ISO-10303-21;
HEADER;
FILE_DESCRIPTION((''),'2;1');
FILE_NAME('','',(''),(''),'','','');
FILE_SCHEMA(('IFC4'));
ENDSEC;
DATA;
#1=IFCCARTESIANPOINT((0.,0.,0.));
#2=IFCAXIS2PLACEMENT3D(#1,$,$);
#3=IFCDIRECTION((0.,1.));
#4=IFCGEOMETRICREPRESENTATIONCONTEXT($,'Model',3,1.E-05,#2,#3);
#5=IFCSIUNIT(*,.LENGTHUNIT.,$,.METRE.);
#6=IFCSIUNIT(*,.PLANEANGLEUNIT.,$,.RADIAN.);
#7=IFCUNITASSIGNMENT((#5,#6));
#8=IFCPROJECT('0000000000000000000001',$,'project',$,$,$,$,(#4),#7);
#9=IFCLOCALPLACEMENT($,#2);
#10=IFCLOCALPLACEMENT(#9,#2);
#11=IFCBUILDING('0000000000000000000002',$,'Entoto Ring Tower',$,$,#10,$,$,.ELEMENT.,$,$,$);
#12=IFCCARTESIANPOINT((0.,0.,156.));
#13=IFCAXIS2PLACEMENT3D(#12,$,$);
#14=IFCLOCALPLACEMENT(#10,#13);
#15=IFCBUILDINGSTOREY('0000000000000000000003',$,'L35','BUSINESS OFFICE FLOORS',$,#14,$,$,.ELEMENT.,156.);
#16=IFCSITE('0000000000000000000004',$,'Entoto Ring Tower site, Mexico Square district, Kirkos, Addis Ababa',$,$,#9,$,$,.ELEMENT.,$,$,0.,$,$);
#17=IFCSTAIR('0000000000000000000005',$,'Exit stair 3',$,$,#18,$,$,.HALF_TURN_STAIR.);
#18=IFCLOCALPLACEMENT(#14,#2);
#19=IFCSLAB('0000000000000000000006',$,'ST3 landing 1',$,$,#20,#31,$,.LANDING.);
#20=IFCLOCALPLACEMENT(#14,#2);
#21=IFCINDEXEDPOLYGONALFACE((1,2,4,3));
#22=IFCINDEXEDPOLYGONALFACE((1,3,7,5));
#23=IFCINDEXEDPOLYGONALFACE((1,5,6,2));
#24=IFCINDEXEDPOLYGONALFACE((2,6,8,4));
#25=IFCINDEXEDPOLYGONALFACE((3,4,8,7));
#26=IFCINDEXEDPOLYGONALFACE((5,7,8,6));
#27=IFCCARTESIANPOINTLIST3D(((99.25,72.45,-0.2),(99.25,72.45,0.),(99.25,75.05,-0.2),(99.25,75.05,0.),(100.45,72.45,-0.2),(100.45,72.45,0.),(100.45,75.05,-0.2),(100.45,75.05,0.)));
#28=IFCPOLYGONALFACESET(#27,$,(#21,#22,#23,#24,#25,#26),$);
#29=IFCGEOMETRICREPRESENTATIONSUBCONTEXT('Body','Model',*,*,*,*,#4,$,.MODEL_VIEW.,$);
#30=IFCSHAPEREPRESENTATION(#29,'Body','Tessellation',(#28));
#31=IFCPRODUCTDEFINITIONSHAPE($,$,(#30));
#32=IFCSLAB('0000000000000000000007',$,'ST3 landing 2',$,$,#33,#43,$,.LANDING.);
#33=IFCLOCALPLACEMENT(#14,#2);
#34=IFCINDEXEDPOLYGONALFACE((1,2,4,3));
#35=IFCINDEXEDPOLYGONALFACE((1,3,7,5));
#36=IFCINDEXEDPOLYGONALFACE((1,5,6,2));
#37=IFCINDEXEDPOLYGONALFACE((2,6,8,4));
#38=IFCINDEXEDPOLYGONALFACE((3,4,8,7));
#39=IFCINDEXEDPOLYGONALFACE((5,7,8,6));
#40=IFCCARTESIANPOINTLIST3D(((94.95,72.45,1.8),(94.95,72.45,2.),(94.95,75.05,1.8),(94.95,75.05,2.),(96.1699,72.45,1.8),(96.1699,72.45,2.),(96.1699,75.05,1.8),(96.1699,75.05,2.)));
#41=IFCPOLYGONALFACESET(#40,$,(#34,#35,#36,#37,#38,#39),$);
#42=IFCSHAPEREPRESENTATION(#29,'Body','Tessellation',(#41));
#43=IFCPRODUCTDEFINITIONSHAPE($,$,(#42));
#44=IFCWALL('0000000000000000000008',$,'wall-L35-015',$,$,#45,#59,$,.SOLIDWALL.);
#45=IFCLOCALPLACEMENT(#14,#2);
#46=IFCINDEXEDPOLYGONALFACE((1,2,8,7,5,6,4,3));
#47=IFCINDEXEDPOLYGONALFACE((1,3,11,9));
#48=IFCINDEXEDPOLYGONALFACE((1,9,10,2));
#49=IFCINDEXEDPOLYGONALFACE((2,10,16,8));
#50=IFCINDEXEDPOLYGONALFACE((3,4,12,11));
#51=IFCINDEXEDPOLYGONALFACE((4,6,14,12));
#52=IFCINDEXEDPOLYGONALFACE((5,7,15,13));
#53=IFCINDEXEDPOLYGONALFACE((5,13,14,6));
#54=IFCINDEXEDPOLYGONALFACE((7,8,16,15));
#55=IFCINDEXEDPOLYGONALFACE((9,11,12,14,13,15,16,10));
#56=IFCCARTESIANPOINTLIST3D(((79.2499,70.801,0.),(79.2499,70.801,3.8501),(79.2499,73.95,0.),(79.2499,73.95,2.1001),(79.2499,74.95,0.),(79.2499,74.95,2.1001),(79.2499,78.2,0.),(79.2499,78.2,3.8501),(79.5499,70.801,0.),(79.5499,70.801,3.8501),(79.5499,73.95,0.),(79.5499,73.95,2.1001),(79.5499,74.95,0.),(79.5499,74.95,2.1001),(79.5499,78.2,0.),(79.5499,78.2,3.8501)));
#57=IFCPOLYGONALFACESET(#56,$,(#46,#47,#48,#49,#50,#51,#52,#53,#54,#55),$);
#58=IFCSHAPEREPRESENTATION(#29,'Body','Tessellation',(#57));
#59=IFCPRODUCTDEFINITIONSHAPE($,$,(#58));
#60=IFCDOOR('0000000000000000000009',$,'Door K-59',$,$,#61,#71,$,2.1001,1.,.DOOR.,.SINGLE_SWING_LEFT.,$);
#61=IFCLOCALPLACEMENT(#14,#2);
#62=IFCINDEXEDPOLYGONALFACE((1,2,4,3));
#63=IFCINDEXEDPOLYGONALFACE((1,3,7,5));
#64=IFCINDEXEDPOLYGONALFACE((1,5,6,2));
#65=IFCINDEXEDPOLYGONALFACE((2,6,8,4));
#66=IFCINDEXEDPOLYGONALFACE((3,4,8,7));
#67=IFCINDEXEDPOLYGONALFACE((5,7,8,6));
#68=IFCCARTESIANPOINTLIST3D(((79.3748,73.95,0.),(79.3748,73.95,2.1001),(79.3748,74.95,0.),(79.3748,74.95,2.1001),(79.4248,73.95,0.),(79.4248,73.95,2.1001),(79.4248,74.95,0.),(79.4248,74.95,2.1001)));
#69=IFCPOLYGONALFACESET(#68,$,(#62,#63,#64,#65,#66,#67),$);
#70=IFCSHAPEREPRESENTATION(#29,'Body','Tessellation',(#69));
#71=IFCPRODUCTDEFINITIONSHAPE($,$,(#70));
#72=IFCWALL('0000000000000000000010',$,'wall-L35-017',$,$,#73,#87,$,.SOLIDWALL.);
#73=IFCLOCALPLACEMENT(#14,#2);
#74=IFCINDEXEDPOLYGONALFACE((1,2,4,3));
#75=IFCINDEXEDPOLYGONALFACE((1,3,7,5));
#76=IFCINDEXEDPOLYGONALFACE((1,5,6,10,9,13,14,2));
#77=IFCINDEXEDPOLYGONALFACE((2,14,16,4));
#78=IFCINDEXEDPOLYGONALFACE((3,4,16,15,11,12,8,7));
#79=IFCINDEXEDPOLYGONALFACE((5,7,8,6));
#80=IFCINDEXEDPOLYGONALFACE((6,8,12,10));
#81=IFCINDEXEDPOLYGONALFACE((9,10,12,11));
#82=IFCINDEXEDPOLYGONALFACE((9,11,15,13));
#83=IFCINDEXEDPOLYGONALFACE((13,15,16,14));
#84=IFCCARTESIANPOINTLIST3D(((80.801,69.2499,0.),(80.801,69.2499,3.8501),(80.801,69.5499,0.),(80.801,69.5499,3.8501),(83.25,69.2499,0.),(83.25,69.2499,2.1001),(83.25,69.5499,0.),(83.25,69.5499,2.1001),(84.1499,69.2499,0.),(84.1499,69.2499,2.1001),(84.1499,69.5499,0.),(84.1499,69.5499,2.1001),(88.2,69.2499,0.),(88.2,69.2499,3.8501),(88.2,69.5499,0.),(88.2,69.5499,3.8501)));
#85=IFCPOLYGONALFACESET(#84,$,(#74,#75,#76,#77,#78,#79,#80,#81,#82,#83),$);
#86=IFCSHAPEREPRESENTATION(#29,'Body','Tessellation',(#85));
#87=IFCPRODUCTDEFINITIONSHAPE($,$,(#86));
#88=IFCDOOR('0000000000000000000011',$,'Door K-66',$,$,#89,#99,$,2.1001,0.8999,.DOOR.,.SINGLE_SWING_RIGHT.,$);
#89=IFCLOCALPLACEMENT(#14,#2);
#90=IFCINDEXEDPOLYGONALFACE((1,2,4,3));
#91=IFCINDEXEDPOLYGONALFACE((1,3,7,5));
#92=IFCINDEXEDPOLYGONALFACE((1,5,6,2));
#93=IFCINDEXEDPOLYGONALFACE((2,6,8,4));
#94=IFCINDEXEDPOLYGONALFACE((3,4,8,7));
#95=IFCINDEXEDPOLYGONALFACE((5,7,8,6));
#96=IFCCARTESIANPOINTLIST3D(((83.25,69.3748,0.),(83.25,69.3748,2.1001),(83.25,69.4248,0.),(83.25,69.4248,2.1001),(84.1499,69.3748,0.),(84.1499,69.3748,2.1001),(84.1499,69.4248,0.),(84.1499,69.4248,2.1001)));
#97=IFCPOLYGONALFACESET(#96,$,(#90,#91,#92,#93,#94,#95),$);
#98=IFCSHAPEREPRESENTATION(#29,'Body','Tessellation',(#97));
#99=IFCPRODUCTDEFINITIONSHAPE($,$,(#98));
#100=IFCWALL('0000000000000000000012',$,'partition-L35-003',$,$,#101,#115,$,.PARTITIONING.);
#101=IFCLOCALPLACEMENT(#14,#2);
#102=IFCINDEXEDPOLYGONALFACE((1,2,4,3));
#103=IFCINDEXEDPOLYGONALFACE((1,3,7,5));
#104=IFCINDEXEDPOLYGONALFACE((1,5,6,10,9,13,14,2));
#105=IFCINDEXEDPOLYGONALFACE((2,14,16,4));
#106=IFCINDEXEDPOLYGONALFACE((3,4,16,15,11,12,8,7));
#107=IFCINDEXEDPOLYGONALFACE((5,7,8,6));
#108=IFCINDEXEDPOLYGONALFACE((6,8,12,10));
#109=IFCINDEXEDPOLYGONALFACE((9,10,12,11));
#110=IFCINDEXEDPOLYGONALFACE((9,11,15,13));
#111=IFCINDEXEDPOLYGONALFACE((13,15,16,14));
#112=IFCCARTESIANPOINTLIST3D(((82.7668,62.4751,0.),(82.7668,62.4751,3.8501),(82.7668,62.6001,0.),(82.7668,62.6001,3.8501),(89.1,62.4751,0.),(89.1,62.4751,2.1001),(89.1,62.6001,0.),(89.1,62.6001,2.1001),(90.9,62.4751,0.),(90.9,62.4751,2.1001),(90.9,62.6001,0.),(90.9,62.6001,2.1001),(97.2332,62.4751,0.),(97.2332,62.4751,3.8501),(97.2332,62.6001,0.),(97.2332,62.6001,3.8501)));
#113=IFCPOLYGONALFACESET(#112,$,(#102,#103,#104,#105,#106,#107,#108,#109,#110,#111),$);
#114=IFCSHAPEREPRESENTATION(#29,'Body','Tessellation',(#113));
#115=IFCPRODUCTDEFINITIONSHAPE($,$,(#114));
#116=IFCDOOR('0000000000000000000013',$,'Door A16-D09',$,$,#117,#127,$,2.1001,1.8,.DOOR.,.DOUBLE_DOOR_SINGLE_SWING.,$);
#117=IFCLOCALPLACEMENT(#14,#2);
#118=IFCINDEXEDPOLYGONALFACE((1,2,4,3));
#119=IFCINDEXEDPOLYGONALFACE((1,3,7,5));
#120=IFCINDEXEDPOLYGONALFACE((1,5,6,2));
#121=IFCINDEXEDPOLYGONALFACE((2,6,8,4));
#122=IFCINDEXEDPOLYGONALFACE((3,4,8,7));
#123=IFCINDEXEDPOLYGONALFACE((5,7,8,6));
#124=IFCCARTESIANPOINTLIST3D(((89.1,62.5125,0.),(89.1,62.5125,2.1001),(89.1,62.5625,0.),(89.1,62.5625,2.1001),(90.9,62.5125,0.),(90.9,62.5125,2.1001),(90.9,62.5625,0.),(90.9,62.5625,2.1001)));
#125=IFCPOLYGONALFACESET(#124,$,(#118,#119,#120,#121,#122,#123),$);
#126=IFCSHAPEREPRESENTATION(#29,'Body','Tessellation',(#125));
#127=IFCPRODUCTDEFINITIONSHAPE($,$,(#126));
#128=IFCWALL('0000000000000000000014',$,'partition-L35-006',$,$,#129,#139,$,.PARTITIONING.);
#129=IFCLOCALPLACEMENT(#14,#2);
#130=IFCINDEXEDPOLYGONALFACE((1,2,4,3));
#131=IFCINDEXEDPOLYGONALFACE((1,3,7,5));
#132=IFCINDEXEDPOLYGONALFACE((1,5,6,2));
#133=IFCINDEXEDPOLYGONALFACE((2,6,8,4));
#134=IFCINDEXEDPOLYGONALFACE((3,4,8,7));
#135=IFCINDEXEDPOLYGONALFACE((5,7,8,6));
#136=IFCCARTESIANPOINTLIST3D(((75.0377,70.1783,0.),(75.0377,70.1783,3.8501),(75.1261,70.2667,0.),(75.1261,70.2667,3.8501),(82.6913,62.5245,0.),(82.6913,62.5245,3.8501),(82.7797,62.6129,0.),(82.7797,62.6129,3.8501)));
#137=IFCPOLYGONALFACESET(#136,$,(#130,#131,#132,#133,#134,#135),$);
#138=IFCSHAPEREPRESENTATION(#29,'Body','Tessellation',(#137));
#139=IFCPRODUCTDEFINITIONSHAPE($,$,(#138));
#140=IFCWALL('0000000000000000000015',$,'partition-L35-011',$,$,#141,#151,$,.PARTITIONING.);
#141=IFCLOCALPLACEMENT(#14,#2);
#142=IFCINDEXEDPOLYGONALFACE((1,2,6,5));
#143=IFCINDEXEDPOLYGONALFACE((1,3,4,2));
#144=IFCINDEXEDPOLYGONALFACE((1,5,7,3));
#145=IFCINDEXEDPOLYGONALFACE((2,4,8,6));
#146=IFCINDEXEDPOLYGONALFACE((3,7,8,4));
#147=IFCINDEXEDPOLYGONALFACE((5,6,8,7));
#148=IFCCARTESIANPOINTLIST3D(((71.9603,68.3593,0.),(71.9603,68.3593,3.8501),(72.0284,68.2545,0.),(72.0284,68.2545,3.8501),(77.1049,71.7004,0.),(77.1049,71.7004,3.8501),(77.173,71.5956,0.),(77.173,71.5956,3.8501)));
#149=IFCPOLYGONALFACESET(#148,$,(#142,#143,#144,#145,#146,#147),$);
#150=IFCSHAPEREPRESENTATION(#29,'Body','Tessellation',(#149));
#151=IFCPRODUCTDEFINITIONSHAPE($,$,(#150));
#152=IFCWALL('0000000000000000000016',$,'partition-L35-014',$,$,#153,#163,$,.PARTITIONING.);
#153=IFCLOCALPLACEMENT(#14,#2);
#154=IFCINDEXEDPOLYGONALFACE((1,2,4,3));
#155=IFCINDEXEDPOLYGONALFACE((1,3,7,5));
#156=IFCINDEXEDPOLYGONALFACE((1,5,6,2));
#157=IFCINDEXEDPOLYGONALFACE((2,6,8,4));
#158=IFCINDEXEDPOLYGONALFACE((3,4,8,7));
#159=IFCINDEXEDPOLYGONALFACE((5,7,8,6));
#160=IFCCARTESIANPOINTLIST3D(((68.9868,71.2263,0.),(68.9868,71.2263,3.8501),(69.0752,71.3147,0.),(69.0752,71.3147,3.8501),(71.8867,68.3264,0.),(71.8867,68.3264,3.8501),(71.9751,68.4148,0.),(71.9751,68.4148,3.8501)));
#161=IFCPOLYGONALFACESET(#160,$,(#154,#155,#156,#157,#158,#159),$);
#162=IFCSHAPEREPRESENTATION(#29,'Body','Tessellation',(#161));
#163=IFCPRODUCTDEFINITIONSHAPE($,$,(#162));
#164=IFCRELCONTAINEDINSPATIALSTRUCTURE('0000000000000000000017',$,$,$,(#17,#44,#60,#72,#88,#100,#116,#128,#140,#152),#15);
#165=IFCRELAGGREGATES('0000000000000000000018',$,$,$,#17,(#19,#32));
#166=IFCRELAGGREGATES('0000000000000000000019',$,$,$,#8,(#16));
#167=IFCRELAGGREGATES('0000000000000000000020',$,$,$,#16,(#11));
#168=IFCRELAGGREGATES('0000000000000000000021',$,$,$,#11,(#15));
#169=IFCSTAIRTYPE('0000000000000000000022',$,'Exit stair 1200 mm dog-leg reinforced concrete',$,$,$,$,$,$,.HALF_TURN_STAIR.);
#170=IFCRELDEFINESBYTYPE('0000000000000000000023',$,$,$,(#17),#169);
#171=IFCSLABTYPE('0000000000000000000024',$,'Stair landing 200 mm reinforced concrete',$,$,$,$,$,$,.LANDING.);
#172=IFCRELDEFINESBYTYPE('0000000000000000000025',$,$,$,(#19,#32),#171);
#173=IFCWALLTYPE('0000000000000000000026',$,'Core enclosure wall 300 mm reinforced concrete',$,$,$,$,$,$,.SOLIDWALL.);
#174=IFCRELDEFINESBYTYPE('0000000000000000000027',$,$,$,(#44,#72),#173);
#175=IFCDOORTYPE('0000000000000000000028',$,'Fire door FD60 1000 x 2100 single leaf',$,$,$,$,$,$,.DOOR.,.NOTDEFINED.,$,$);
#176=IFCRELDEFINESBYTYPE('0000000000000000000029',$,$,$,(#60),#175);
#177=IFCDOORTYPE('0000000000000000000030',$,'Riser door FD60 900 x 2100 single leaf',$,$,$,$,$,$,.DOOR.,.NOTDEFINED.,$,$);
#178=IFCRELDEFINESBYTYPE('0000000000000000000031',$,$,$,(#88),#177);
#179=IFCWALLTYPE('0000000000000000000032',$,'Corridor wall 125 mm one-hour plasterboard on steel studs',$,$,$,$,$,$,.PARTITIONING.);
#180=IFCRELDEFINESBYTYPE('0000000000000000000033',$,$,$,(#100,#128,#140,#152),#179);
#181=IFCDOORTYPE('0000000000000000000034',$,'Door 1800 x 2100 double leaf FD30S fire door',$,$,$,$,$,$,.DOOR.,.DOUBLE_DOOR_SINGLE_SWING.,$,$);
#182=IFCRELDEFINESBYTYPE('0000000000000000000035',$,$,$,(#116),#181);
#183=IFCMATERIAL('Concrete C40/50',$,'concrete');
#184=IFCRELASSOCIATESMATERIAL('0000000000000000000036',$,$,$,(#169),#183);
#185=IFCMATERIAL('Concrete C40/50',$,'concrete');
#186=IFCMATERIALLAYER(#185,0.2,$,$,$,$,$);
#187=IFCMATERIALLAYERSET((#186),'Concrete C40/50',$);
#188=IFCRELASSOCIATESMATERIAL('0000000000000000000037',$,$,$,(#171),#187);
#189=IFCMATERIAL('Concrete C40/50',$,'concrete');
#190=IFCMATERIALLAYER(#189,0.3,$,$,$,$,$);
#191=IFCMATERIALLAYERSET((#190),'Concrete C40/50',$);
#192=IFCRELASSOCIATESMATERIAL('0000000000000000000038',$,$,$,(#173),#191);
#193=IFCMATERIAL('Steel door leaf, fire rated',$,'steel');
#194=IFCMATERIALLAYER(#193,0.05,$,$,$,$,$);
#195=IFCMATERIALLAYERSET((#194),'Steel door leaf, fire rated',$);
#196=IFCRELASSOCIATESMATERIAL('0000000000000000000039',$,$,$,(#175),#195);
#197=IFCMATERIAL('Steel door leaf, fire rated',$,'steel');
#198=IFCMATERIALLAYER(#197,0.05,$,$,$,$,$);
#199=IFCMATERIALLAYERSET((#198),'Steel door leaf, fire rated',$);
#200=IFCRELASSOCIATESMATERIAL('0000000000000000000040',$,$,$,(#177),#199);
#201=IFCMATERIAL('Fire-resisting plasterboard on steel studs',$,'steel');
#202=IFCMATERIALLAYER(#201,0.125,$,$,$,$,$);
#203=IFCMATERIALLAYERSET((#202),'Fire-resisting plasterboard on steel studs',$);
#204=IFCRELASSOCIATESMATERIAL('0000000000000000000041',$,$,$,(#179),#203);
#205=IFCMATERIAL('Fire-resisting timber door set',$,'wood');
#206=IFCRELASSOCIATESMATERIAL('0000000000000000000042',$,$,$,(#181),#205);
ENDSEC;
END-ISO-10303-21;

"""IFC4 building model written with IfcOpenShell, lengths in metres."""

from ifc_helpers import new_model, si_unit, direction, frame, frame_2d, origin, place, context, subcontext, project, spatial, polyline, rectangle, outline, extrude, material, layer, layer_set, type_object, element, fill, aggregate, save


model = new_model("IFC4")

# Units and contexts
model_context = context("Model", 3, precision=1e-05, world=origin(), true_north=direction((0.0, 1.0)))
body_context = subcontext(model_context, "Body", "Model", "MODEL_VIEW")
ifc_project = project(units=[si_unit("LENGTHUNIT", "METRE"), si_unit("PLANEANGLEUNIT", "RADIAN")], contexts=[model_context])

# Site, building, storey
site_placement = place(None, origin())
site = spatial("IfcSite", under=ifc_project, at=site_placement, Name="Entoto Ring Tower site, Mexico Square district, Kirkos, Addis Ababa", CompositionType="ELEMENT", RefElevation=0.0)
building_placement = place(site_placement, origin())
building = spatial("IfcBuilding", under=site, at=building_placement, Name="Entoto Ring Tower", CompositionType="ELEMENT")
storey_placement = place(building_placement, frame((0.0, 0.0, 156.0)))
storey = spatial("IfcBuildingStorey", under=building, at=storey_placement, Name="L35", Description="BUSINESS OFFICE FLOORS", CompositionType="ELEMENT", Elevation=156.0)

# Stair, slabs
ifc_material_1 = material(Name="Concrete C40/50", Category="concrete")
stair_type = type_object("IfcStairType", Name="Exit stair 1200 mm dog-leg reinforced concrete", PredefinedType="HALF_TURN_STAIR", material=ifc_material_1)
stair_placement = place(storey_placement, origin())
stair = element("IfcStair", 1, at=stair_placement, inside=storey, type_object=stair_type, Name="Exit stair 3", PredefinedType="HALF_TURN_STAIR")
ifc_material_2 = material(Name="Concrete C40/50", Category="concrete")
ifc_layer_1 = layer(ifc_material_2, 0.2)
ifc_layer_set_1 = layer_set([ifc_layer_1], Name="Concrete C40/50")
slab_type_1 = type_object("IfcSlabType", Name="Stair landing 200 mm reinforced concrete", PredefinedType="LANDING", material=ifc_layer_set_1)
slab_1_placement = place(storey_placement, frame((0.0, 0.0, -0.2)))
slab_1 = element("IfcSlab", 2, at=slab_1_placement, type_object=slab_type_1, Name="ST3 landing 1", PredefinedType="LANDING", context=body_context, shape_type="SweptSolid", body=[
    extrude(outline(polyline([(100.45, 72.45), (100.45, 75.05), (99.25, 75.05), (99.25, 72.45), (100.45, 72.45)])), origin(), (0.0, 0.0, 1.0), 0.2),
])
slab_2_placement = place(storey_placement, frame((0.0, 0.0, 1.8)))
slab_2 = element("IfcSlab", 3, at=slab_2_placement, type_object=slab_type_1, Name="ST3 landing 2", PredefinedType="LANDING", context=body_context, shape_type="SweptSolid", body=[
    extrude(outline(polyline([(94.95, 72.45), (96.1699, 72.45), (96.1699, 75.05), (94.95, 75.05), (94.95, 72.45)])), origin(), (0.0, 0.0, 1.0), 0.2),
])
aggregate(stair, [slab_1, slab_2])

# Walls, openings, doors
ifc_material_3 = material(Name="Concrete C40/50", Category="concrete")
ifc_layer_2 = layer(ifc_material_3, 0.3)
ifc_layer_set_2 = layer_set([ifc_layer_2], Name="Concrete C40/50")
wall_type_1 = type_object("IfcWallType", Name="Core enclosure wall 300 mm reinforced concrete", PredefinedType="SOLIDWALL", material=ifc_layer_set_2)
wall_1_placement = place(storey_placement, frame((79.3999, 70.801, 0.0), z_axis=(0.0, 0.0, 1.0), x_axis=(0.0, 1.0, 0.0)))
wall_1 = element("IfcWall", 4, at=wall_1_placement, inside=storey, type_object=wall_type_1, Name="wall-L35-015", PredefinedType="SOLIDWALL", context=body_context, shape_type="SweptSolid", body=[
    extrude(rectangle(XDim=7.3989, YDim=0.3, at=frame_2d((3.6995, 0.0))), origin(), (0.0, 0.0, 1.0), 3.8501),
])
opening_1_placement = place(wall_1_placement, frame((3.1489, 0.0, 0.0)))
opening_1 = element("IfcOpeningElement", 5, at=opening_1_placement, cuts=wall_1, PredefinedType="OPENING", context=body_context, shape_type="SweptSolid", body=[
    extrude(rectangle(XDim=1.0, YDim=2.1001, at=frame_2d((0.5, 1.05))), frame((0.0, 0.1602, 0.0), z_axis=(0.0, -1.0, 0.0), x_axis=(1.0, 0.0, 0.0)), (0.0, 0.0, 1.0), 0.3201),
])
ifc_material_4 = material(Name="Steel door leaf, fire rated", Category="steel")
ifc_layer_3 = layer(ifc_material_4, 0.05)
ifc_layer_set_3 = layer_set([ifc_layer_3], Name="Steel door leaf, fire rated")
door_type_1 = type_object("IfcDoorType", Name="Fire door FD60 1000 x 2100 single leaf", OperationType="NOTDEFINED", PredefinedType="DOOR", material=ifc_layer_set_3)
door_1_placement = place(opening_1_placement, frame((1.0, 0.0, 0.0), z_axis=(0.0, 0.0, 1.0), x_axis=(-1.0, 0.0, 0.0)))
door_1 = element("IfcDoor", 6, at=door_1_placement, inside=storey, type_object=door_type_1, Name="Door K-59", OperationType="SINGLE_SWING_LEFT", OverallHeight=2.1001, OverallWidth=1.0, PredefinedType="DOOR", context=body_context, shape_type="SweptSolid", body=[
    extrude(rectangle(XDim=1.0, YDim=2.1001, at=frame_2d((0.5, 1.05))), frame((0.0, 0.0249, 0.0), z_axis=(0.0, -1.0, 0.0), x_axis=(1.0, 0.0, 0.0)), (0.0, 0.0, 1.0), 0.05),
])
fill(opening_1, door_1)
wall_2_placement = place(storey_placement, frame((80.801, 69.3999, 0.0), z_axis=(0.0, 0.0, 1.0), x_axis=(1.0, 0.0, 0.0)))
wall_2 = element("IfcWall", 7, at=wall_2_placement, inside=storey, type_object=wall_type_1, Name="wall-L35-017", PredefinedType="SOLIDWALL", context=body_context, shape_type="SweptSolid", body=[
    extrude(rectangle(XDim=7.3989, YDim=0.3, at=frame_2d((3.6995, 0.0))), origin(), (0.0, 0.0, 1.0), 3.8501),
])
opening_2_placement = place(wall_2_placement, frame((2.449, 0.0, 0.0)))
opening_2 = element("IfcOpeningElement", 8, at=opening_2_placement, cuts=wall_2, PredefinedType="OPENING", context=body_context, shape_type="SweptSolid", body=[
    extrude(rectangle(XDim=0.8999, YDim=2.1001, at=frame_2d((0.45, 1.05))), frame((0.0, 0.1602, 0.0), z_axis=(0.0, -1.0, 0.0), x_axis=(1.0, 0.0, 0.0)), (0.0, 0.0, 1.0), 0.3201),
])
ifc_material_5 = material(Name="Steel door leaf, fire rated", Category="steel")
ifc_layer_4 = layer(ifc_material_5, 0.05)
ifc_layer_set_4 = layer_set([ifc_layer_4], Name="Steel door leaf, fire rated")
door_type_2 = type_object("IfcDoorType", Name="Riser door FD60 900 x 2100 single leaf", OperationType="NOTDEFINED", PredefinedType="DOOR", material=ifc_layer_set_4)
door_2_placement = place(opening_2_placement, origin())
door_2 = element("IfcDoor", 9, at=door_2_placement, inside=storey, type_object=door_type_2, Name="Door K-66", OperationType="SINGLE_SWING_RIGHT", OverallHeight=2.1001, OverallWidth=0.8999, PredefinedType="DOOR", context=body_context, shape_type="SweptSolid", body=[
    extrude(rectangle(XDim=0.8999, YDim=2.1001, at=frame_2d((0.45, 1.05))), frame((0.0, 0.0249, 0.0), z_axis=(0.0, -1.0, 0.0), x_axis=(1.0, 0.0, 0.0)), (0.0, 0.0, 1.0), 0.05),
])
fill(opening_2, door_2)
ifc_material_6 = material(Name="Fire-resisting plasterboard on steel studs", Category="steel")
ifc_layer_5 = layer(ifc_material_6, 0.125)
ifc_layer_set_5 = layer_set([ifc_layer_5], Name="Fire-resisting plasterboard on steel studs")
wall_type_2 = type_object("IfcWallType", Name="Corridor wall 125 mm one-hour plasterboard on steel studs", PredefinedType="PARTITIONING", material=ifc_layer_set_5)
wall_3_placement = place(storey_placement, frame((82.7668, 62.5376, 0.0), z_axis=(0.0, 0.0, 1.0), x_axis=(1.0, 0.0, 0.0)))
wall_3 = element("IfcWall", 10, at=wall_3_placement, inside=storey, type_object=wall_type_2, Name="partition-L35-003", PredefinedType="PARTITIONING", context=body_context, shape_type="SweptSolid", body=[
    extrude(rectangle(XDim=14.4663, YDim=0.125, at=frame_2d((7.2332, 0.0))), origin(), (0.0, 0.0, 1.0), 3.8501),
])
opening_3_placement = place(wall_3_placement, frame((6.3333, 0.0, 0.0)))
opening_3 = element("IfcOpeningElement", 11, at=opening_3_placement, cuts=wall_3, PredefinedType="OPENING", context=body_context, shape_type="SweptSolid", body=[
    extrude(rectangle(XDim=1.8, YDim=2.1001, at=frame_2d((0.8999, 1.05))), frame((0.0, 0.0725, 0.0), z_axis=(0.0, -1.0, 0.0), x_axis=(1.0, 0.0, 0.0)), (0.0, 0.0, 1.0), 0.145),
])
ifc_material_7 = material(Name="Fire-resisting timber door set", Category="wood")
door_type_3 = type_object("IfcDoorType", Name="Door 1800 x 2100 double leaf FD30S fire door", OperationType="DOUBLE_DOOR_SINGLE_SWING", PredefinedType="DOOR", material=ifc_material_7)
door_3_placement = place(opening_3_placement, origin())
door_3 = element("IfcDoor", 12, at=door_3_placement, inside=storey, type_object=door_type_3, Name="Door A16-D09", OperationType="DOUBLE_DOOR_SINGLE_SWING", OverallHeight=2.1001, OverallWidth=1.8, PredefinedType="DOOR", context=body_context, shape_type="SweptSolid", body=[
    extrude(rectangle(XDim=1.8, YDim=2.1001, at=frame_2d((0.8999, 1.05))), frame((0.0, 0.0249, 0.0), z_axis=(0.0, -1.0, 0.0), x_axis=(1.0, 0.0, 0.0)), (0.0, 0.0, 1.0), 0.05),
])
fill(opening_3, door_3)

# Walls
wall_4_placement = place(storey_placement, frame((82.7356, 62.5686, 0.0), z_axis=(0.0, 0.0, 1.0), x_axis=(-0.707096, 0.707118, 0.0)))
element("IfcWall", 13, at=wall_4_placement, inside=storey, type_object=wall_type_2, Name="partition-L35-006", PredefinedType="PARTITIONING", context=body_context, shape_type="SweptSolid", body=[
    extrude(rectangle(XDim=10.824, YDim=0.125, at=frame_2d((5.4121, 0.0))), origin(), (0.0, 0.0, 1.0), 3.8501),
])
wall_5_placement = place(storey_placement, frame((71.9944, 68.3069, 0.0), z_axis=(0.0, 0.0, 1.0), x_axis=(0.838658, 0.544658, 0.0)))
element("IfcWall", 14, at=wall_5_placement, inside=storey, type_object=wall_type_2, Name="partition-L35-011", PredefinedType="PARTITIONING", context=body_context, shape_type="SweptSolid", body=[
    extrude(rectangle(XDim=6.1343, YDim=0.125, at=frame_2d((3.0671, 0.0))), origin(), (0.0, 0.0, 1.0), 3.8501),
])
wall_6_placement = place(storey_placement, frame((71.9309, 68.3706, 0.0), z_axis=(0.0, 0.0, 1.0), x_axis=(-0.707107, 0.707107, 0.0)))
element("IfcWall", 15, at=wall_6_placement, inside=storey, type_object=wall_type_2, Name="partition-L35-014", PredefinedType="PARTITIONING", context=body_context, shape_type="SweptSolid", body=[
    extrude(rectangle(XDim=4.1011, YDim=0.125, at=frame_2d((2.0505, 0.0))), origin(), (0.0, 0.0, 1.0), 3.8501),
])

save(model, "model.ifc")
